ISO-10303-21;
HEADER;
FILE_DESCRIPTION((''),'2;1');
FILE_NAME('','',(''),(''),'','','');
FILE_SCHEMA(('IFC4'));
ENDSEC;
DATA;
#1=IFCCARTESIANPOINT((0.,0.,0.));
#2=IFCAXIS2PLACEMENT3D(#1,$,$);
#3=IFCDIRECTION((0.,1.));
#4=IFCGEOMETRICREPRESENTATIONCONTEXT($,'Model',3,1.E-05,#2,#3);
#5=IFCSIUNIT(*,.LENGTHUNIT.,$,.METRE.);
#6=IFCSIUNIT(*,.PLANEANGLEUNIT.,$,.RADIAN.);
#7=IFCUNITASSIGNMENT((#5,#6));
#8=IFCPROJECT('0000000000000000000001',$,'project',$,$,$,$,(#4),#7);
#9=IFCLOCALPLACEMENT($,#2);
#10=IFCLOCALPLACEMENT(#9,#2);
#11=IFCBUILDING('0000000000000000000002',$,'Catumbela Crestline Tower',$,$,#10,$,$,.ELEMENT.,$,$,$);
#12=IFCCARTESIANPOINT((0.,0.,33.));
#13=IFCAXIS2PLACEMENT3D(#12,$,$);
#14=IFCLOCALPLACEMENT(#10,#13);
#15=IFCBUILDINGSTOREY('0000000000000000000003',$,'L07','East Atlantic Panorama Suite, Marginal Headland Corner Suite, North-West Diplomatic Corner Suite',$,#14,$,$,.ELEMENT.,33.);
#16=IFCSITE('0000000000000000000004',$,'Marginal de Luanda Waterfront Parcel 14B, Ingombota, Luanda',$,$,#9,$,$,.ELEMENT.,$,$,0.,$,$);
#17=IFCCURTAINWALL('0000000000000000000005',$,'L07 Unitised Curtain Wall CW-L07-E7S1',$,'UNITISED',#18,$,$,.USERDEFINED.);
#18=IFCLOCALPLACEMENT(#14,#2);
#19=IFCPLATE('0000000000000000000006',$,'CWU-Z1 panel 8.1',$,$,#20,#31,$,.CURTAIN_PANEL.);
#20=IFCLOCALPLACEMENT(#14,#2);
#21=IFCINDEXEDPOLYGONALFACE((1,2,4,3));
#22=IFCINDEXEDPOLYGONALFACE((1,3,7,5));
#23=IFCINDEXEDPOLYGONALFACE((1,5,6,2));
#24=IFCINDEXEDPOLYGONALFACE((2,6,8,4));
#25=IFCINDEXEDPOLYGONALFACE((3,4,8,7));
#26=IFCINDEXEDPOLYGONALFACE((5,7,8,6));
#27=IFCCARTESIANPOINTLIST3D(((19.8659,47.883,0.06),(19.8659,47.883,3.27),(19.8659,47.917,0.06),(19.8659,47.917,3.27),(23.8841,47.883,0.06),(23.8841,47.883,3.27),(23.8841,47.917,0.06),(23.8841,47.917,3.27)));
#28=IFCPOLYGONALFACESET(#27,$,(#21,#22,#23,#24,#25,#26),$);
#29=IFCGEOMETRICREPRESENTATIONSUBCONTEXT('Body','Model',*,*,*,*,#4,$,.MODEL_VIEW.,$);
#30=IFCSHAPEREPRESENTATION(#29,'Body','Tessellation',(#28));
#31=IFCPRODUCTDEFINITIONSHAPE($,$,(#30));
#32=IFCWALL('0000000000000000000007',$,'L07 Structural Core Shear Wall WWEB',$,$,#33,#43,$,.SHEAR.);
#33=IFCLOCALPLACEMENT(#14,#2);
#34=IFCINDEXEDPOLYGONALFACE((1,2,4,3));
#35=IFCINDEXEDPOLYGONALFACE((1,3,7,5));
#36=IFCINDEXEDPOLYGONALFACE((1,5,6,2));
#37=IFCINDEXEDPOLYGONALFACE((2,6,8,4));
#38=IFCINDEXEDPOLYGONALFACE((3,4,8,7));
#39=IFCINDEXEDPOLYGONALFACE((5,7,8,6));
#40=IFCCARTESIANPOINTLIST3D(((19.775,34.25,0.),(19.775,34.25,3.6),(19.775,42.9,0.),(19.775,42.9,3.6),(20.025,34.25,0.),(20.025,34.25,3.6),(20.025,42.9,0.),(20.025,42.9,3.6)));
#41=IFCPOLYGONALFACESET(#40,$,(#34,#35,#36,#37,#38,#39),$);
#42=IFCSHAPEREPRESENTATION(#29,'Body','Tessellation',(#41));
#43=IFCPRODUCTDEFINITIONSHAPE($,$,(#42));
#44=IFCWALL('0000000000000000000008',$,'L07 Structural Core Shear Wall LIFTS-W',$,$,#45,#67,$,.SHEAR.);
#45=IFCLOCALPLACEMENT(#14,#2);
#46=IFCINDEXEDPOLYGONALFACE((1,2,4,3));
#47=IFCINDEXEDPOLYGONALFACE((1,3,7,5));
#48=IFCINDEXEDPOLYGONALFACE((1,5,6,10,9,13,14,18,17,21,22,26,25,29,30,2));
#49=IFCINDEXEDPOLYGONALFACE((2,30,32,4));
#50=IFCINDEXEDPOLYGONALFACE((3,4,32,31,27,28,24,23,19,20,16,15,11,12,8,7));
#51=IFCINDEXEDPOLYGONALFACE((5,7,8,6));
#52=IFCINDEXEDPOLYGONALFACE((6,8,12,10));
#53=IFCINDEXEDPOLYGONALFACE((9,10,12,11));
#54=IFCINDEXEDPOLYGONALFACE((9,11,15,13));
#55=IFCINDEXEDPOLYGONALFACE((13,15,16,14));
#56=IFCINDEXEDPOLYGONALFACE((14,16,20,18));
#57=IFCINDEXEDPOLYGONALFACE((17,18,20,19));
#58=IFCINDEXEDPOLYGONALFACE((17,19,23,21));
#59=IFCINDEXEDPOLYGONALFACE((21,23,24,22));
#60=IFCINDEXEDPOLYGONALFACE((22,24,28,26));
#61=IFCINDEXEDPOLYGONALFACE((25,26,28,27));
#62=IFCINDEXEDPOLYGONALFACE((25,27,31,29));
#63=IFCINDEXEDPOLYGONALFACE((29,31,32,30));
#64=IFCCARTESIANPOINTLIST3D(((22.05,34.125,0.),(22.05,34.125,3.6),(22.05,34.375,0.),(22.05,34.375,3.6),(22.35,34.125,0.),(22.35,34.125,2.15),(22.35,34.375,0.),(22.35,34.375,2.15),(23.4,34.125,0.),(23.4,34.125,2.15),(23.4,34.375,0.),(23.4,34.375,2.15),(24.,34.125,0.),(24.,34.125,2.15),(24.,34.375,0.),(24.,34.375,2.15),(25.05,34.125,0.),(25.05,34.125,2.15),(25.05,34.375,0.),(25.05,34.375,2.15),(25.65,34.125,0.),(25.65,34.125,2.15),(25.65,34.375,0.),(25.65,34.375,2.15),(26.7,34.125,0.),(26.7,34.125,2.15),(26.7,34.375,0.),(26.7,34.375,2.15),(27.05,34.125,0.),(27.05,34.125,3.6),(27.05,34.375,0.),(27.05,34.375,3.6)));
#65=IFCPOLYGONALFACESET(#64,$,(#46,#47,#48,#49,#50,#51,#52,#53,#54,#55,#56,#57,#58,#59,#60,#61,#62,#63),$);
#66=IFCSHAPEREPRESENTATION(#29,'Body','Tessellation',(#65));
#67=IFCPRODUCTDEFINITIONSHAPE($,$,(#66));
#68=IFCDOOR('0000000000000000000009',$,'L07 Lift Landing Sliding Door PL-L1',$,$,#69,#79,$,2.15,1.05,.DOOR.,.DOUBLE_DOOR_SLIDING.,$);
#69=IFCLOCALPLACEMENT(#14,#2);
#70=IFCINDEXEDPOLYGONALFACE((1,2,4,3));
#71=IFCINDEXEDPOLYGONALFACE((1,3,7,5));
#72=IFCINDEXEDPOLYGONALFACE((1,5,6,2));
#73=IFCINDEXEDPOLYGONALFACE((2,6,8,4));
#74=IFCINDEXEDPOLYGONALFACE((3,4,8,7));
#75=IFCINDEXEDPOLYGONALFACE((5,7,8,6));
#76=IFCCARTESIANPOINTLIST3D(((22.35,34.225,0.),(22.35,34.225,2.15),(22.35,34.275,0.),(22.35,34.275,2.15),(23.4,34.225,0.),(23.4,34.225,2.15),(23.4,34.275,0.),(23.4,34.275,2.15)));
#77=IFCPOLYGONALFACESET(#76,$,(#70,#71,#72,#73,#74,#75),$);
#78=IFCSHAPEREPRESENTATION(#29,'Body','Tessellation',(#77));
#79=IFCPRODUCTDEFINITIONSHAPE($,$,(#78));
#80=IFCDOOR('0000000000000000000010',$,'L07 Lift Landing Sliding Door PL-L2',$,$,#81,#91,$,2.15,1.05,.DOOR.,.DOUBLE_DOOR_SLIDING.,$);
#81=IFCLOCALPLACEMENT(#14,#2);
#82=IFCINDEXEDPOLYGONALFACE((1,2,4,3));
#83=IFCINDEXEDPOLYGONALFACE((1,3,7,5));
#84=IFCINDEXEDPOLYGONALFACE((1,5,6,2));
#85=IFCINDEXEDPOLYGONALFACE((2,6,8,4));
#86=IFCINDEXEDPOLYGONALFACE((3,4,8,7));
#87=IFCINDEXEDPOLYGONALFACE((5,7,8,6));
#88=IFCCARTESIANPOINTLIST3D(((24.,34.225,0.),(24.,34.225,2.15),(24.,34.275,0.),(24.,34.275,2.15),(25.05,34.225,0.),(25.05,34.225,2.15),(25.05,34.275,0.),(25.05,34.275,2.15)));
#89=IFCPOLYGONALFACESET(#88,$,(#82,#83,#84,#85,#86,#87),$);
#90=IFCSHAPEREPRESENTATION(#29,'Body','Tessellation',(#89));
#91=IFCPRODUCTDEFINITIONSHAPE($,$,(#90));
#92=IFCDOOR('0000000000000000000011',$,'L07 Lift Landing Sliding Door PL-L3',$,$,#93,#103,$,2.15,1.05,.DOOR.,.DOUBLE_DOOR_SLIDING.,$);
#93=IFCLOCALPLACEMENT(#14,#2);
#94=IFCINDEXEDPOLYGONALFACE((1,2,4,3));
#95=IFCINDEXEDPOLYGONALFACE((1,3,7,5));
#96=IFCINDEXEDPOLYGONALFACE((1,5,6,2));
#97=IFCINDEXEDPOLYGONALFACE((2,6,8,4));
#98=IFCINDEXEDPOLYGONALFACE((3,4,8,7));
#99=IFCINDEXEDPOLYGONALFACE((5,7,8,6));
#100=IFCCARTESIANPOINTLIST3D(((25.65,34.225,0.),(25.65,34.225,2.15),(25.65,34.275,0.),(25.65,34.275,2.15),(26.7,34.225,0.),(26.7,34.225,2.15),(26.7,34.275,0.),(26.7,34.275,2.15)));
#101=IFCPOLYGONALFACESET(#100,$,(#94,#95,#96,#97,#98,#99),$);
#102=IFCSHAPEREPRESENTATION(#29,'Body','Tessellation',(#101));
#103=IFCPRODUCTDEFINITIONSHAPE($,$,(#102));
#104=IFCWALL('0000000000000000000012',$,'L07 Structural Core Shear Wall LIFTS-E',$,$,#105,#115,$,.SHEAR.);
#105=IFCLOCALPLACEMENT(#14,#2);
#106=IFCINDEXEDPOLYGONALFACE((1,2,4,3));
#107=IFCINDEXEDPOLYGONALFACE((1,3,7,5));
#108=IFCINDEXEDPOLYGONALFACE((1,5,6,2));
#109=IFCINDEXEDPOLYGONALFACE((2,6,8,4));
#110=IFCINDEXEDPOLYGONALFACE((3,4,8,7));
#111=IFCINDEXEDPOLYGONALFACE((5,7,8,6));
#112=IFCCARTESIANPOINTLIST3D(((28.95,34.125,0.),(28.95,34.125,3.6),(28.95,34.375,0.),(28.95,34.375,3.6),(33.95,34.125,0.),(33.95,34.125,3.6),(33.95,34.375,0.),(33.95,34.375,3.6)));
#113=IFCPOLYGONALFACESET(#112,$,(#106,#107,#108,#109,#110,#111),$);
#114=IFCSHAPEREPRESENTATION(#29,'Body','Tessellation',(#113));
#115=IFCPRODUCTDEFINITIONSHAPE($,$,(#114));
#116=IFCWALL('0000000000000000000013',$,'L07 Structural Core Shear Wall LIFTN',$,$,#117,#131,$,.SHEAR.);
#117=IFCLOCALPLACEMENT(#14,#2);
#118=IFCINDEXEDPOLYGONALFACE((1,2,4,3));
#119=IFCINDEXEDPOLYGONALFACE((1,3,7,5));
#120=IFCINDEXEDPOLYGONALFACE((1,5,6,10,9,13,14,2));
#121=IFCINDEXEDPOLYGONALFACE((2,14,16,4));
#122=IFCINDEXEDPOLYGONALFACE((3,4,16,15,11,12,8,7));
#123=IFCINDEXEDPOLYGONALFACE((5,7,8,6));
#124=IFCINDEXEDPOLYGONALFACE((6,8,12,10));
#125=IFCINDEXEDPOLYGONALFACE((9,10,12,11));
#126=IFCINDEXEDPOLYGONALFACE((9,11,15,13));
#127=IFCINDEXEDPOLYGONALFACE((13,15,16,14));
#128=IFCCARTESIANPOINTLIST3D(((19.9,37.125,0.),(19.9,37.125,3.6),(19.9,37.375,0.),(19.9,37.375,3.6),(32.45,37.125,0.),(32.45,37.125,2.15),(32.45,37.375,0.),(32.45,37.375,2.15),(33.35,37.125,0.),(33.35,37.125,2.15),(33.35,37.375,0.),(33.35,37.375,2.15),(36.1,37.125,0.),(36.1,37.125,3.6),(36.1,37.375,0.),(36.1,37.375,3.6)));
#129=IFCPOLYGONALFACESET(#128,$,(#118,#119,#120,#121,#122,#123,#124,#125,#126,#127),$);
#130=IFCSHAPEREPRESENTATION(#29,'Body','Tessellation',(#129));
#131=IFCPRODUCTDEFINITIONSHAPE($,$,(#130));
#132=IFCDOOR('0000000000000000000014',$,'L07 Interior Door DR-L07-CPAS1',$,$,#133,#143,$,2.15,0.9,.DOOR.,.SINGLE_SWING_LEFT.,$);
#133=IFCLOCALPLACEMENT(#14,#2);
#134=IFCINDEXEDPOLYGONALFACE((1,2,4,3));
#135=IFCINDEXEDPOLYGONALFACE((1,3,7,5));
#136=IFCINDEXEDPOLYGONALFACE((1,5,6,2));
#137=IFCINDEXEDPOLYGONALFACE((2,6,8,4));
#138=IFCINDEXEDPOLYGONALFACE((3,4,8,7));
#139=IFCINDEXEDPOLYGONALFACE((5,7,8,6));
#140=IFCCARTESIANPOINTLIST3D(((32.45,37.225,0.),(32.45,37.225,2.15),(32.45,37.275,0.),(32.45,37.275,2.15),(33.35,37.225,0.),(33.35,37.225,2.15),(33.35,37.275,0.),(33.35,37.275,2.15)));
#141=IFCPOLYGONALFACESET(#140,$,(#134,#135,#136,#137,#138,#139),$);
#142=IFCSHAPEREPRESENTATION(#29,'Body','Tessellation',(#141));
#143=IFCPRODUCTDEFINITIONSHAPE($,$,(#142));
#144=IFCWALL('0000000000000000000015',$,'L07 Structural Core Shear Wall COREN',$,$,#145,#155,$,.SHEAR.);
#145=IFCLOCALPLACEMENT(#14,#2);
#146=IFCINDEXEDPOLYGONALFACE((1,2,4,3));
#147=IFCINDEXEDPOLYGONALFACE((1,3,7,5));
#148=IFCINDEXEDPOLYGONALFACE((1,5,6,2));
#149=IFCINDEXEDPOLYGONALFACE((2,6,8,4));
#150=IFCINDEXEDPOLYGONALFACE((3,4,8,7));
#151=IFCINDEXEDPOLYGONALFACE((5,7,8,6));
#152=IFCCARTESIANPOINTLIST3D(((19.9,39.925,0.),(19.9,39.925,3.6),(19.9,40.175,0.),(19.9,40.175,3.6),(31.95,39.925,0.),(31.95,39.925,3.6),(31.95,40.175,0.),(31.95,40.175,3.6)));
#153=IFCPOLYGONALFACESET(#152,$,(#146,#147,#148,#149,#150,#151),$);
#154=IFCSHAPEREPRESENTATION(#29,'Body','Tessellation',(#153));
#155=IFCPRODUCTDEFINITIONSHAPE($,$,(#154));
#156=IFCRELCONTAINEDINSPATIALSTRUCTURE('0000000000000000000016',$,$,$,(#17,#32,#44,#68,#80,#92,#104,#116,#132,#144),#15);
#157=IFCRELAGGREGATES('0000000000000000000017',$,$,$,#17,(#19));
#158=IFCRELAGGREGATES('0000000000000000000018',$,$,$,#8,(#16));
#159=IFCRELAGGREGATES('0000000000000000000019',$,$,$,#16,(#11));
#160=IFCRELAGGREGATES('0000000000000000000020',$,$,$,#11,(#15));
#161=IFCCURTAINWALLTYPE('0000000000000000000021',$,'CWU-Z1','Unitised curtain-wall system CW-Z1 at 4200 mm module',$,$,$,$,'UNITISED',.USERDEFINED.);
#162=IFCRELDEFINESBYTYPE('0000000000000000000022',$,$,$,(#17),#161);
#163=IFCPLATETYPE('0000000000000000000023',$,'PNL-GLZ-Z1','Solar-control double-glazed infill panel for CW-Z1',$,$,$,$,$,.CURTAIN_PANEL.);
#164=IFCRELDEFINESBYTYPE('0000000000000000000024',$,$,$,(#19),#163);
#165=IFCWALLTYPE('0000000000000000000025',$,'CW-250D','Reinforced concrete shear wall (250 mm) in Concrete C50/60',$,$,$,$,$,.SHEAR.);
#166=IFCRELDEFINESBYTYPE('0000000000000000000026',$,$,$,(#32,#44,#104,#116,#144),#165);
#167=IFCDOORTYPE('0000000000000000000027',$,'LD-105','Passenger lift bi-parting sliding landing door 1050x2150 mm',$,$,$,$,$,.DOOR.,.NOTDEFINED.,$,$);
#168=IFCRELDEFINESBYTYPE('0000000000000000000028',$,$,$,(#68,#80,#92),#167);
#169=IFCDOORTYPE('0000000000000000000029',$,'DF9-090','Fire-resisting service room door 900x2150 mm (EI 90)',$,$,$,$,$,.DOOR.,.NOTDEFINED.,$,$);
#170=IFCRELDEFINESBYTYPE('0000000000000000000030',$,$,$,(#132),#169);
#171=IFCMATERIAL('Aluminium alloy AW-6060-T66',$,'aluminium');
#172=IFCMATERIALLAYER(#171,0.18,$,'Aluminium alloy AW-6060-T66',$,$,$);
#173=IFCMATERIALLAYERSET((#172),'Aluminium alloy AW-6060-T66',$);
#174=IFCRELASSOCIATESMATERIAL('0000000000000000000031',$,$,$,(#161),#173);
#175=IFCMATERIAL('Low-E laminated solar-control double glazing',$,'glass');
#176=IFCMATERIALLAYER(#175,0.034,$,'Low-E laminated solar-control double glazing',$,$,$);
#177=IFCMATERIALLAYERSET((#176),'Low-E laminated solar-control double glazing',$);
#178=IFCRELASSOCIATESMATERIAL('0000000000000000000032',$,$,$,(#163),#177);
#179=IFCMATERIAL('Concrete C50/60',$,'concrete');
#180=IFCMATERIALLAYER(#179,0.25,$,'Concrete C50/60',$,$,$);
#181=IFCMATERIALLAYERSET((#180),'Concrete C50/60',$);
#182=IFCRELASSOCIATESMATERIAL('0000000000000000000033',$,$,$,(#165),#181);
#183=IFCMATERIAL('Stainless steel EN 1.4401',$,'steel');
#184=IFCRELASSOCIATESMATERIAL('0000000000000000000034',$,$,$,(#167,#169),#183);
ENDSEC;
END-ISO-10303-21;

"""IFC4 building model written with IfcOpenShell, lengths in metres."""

from ifc_helpers import new_model, si_unit, direction, frame, frame_2d, origin, origin_2d, place, context, subcontext, project, spatial, rectangle, extrude, material, layer, layer_set, type_object, element, fill, aggregate, save


model = new_model("IFC4")

# Units and contexts
model_context = context("Model", 3, precision=1e-05, world=origin(), true_north=direction((0.0, 1.0)))
body_context = subcontext(model_context, "Body", "Model", "MODEL_VIEW")
ifc_project = project(units=[si_unit("LENGTHUNIT", "METRE"), si_unit("PLANEANGLEUNIT", "RADIAN")], contexts=[model_context])

# Site, building, storey
site_placement = place(None, origin())
site = spatial("IfcSite", under=ifc_project, at=site_placement, Name="Marginal de Luanda Waterfront Parcel 14B, Ingombota, Luanda", CompositionType="ELEMENT", RefElevation=0.0)
building_placement = place(site_placement, origin())
building = spatial("IfcBuilding", under=site, at=building_placement, Name="Catumbela Crestline Tower", CompositionType="ELEMENT")
storey_placement = place(building_placement, frame((0.0, 0.0, 33.0)))
storey = spatial("IfcBuildingStorey", under=building, at=storey_placement, Name="L07", Description="East Atlantic Panorama Suite, Marginal Headland Corner Suite, North-West Diplomatic Corner Suite", CompositionType="ELEMENT", Elevation=33.0)

# Curtain wall, plate
ifc_material_1 = material(Name="Aluminium alloy AW-6060-T66", Category="aluminium")
ifc_layer_1 = layer(ifc_material_1, 0.18, Name="Aluminium alloy AW-6060-T66")
ifc_layer_set_1 = layer_set([ifc_layer_1], Name="Aluminium alloy AW-6060-T66")
curtain_wall_type = type_object("IfcCurtainWallType", Name="CWU-Z1", Description="Unitised curtain-wall system CW-Z1 at 4200 mm module", ElementType="UNITISED", PredefinedType="USERDEFINED", material=ifc_layer_set_1)
curtain_wall_placement = place(storey_placement, origin())
curtain_wall = element("IfcCurtainWall", 1, at=curtain_wall_placement, inside=storey, type_object=curtain_wall_type, Name="L07 Unitised Curtain Wall CW-L07-E7S1", ObjectType="UNITISED", PredefinedType="USERDEFINED")
ifc_material_2 = material(Name="Low-E laminated solar-control double glazing", Category="glass")
ifc_layer_2 = layer(ifc_material_2, 0.034, Name="Low-E laminated solar-control double glazing")
ifc_layer_set_2 = layer_set([ifc_layer_2], Name="Low-E laminated solar-control double glazing")
plate_type = type_object("IfcPlateType", Name="PNL-GLZ-Z1", Description="Solar-control double-glazed infill panel for CW-Z1", PredefinedType="CURTAIN_PANEL", material=ifc_layer_set_2)
plate_1_placement = place(storey_placement, frame((21.875, 47.9, 0.06), z_axis=(0.0, 0.0, 1.0), x_axis=(-1.0, 0.0, 0.0)))
plate_1 = element("IfcPlate", 2, at=plate_1_placement, type_object=plate_type, Name="CWU-Z1 panel 8.1", PredefinedType="CURTAIN_PANEL", context=body_context, shape_type="SweptSolid", body=[
    extrude(rectangle(XDim=4.0183, YDim=0.034, at=origin_2d()), origin(), (0.0, 0.0, 1.0), 3.21),
])
aggregate(curtain_wall, [plate_1])

# Wall
ifc_material_3 = material(Name="Concrete C50/60", Category="concrete")
ifc_layer_3 = layer(ifc_material_3, 0.25, Name="Concrete C50/60")
ifc_layer_set_3 = layer_set([ifc_layer_3], Name="Concrete C50/60")
wall_type_1 = type_object("IfcWallType", Name="CW-250D", Description="Reinforced concrete shear wall (250 mm) in Concrete C50/60", PredefinedType="SHEAR", material=ifc_layer_set_3)
wall_1_placement = place(storey_placement, frame((19.9, 34.25, 0.0), z_axis=(0.0, 0.0, 1.0), x_axis=(0.0, 1.0, 0.0)))
element("IfcWall", 3, at=wall_1_placement, inside=storey, type_object=wall_type_1, Name="L07 Structural Core Shear Wall WWEB", PredefinedType="SHEAR", context=body_context, shape_type="SweptSolid", body=[
    extrude(rectangle(XDim=8.65, YDim=0.25, at=frame_2d((4.325, 0.0))), origin(), (0.0, 0.0, 1.0), 3.6),
])

# Wall, openings, doors
wall_2_placement = place(storey_placement, frame((22.05, 34.25, 0.0), z_axis=(0.0, 0.0, 1.0), x_axis=(1.0, 0.0, 0.0)))
wall_2 = element("IfcWall", 4, at=wall_2_placement, inside=storey, type_object=wall_type_1, Name="L07 Structural Core Shear Wall LIFTS-W", PredefinedType="SHEAR", context=body_context, shape_type="SweptSolid", body=[
    extrude(rectangle(XDim=5.0, YDim=0.25, at=frame_2d((2.5, 0.0))), origin(), (0.0, 0.0, 1.0), 3.6),
])
opening_1_placement = place(wall_2_placement, frame((0.3, 0.0, 0.0)))
opening_1 = element("IfcOpeningElement", 5, at=opening_1_placement, cuts=wall_2, PredefinedType="OPENING", context=body_context, shape_type="SweptSolid", body=[
    extrude(rectangle(XDim=1.05, YDim=2.15, at=frame_2d((0.525, 1.075))), frame((0.0, 0.135, 0.0), z_axis=(0.0, -1.0, 0.0), x_axis=(1.0, 0.0, 0.0)), (0.0, 0.0, 1.0), 0.27),
])
opening_2_placement = place(wall_2_placement, frame((1.95, 0.0, 0.0)))
opening_2 = element("IfcOpeningElement", 6, at=opening_2_placement, cuts=wall_2, PredefinedType="OPENING", context=body_context, shape_type="SweptSolid", body=[
    extrude(rectangle(XDim=1.05, YDim=2.15, at=frame_2d((0.525, 1.075))), frame((0.0, 0.135, 0.0), z_axis=(0.0, -1.0, 0.0), x_axis=(1.0, 0.0, 0.0)), (0.0, 0.0, 1.0), 0.27),
])
opening_3_placement = place(wall_2_placement, frame((3.6, 0.0, 0.0)))
opening_3 = element("IfcOpeningElement", 7, at=opening_3_placement, cuts=wall_2, PredefinedType="OPENING", context=body_context, shape_type="SweptSolid", body=[
    extrude(rectangle(XDim=1.05, YDim=2.15, at=frame_2d((0.525, 1.075))), frame((0.0, 0.135, 0.0), z_axis=(0.0, -1.0, 0.0), x_axis=(1.0, 0.0, 0.0)), (0.0, 0.0, 1.0), 0.27),
])
ifc_material_4 = material(Name="Stainless steel EN 1.4401", Category="steel")
door_type_1 = type_object("IfcDoorType", Name="LD-105", Description="Passenger lift bi-parting sliding landing door 1050x2150 mm", OperationType="NOTDEFINED", PredefinedType="DOOR", material=ifc_material_4)
door_1_placement = place(opening_1_placement, origin())
door_1 = element("IfcDoor", 8, at=door_1_placement, inside=storey, type_object=door_type_1, Name="L07 Lift Landing Sliding Door PL-L1", OperationType="DOUBLE_DOOR_SLIDING", OverallHeight=2.15, OverallWidth=1.05, PredefinedType="DOOR", context=body_context, shape_type="SweptSolid", body=[
    extrude(rectangle(XDim=1.05, YDim=2.15, at=frame_2d((0.525, 1.075))), frame((0.0, 0.025, 0.0), z_axis=(0.0, -1.0, 0.0), x_axis=(1.0, 0.0, 0.0)), (0.0, 0.0, 1.0), 0.05),
])
fill(opening_1, door_1)
door_2_placement = place(opening_2_placement, origin())
door_2 = element("IfcDoor", 9, at=door_2_placement, inside=storey, type_object=door_type_1, Name="L07 Lift Landing Sliding Door PL-L2", OperationType="DOUBLE_DOOR_SLIDING", OverallHeight=2.15, OverallWidth=1.05, PredefinedType="DOOR", context=body_context, shape_type="SweptSolid", body=[
    extrude(rectangle(XDim=1.05, YDim=2.15, at=frame_2d((0.525, 1.075))), frame((0.0, 0.025, 0.0), z_axis=(0.0, -1.0, 0.0), x_axis=(1.0, 0.0, 0.0)), (0.0, 0.0, 1.0), 0.05),
])
fill(opening_2, door_2)
door_3_placement = place(opening_3_placement, origin())
door_3 = element("IfcDoor", 10, at=door_3_placement, inside=storey, type_object=door_type_1, Name="L07 Lift Landing Sliding Door PL-L3", OperationType="DOUBLE_DOOR_SLIDING", OverallHeight=2.15, OverallWidth=1.05, PredefinedType="DOOR", context=body_context, shape_type="SweptSolid", body=[
    extrude(rectangle(XDim=1.05, YDim=2.15, at=frame_2d((0.525, 1.075))), frame((0.0, 0.025, 0.0), z_axis=(0.0, -1.0, 0.0), x_axis=(1.0, 0.0, 0.0)), (0.0, 0.0, 1.0), 0.05),
])
fill(opening_3, door_3)

# Wall
wall_3_placement = place(storey_placement, frame((28.95, 34.25, 0.0), z_axis=(0.0, 0.0, 1.0), x_axis=(1.0, 0.0, 0.0)))
element("IfcWall", 11, at=wall_3_placement, inside=storey, type_object=wall_type_1, Name="L07 Structural Core Shear Wall LIFTS-E", PredefinedType="SHEAR", context=body_context, shape_type="SweptSolid", body=[
    extrude(rectangle(XDim=5.0, YDim=0.25, at=frame_2d((2.5, 0.0))), origin(), (0.0, 0.0, 1.0), 3.6),
])

# Wall, opening, door
wall_4_placement = place(storey_placement, frame((19.9, 37.25, 0.0), z_axis=(0.0, 0.0, 1.0), x_axis=(1.0, 0.0, 0.0)))
wall_4 = element("IfcWall", 12, at=wall_4_placement, inside=storey, type_object=wall_type_1, Name="L07 Structural Core Shear Wall LIFTN", PredefinedType="SHEAR", context=body_context, shape_type="SweptSolid", body=[
    extrude(rectangle(XDim=16.2, YDim=0.25, at=frame_2d((8.1, 0.0))), origin(), (0.0, 0.0, 1.0), 3.6),
])
opening_4_placement = place(wall_4_placement, frame((12.55, 0.0, 0.0)))
opening_4 = element("IfcOpeningElement", 13, at=opening_4_placement, cuts=wall_4, PredefinedType="OPENING", context=body_context, shape_type="SweptSolid", body=[
    extrude(rectangle(XDim=0.9, YDim=2.15, at=frame_2d((0.45, 1.075))), frame((0.0, 0.135, 0.0), z_axis=(0.0, -1.0, 0.0), x_axis=(1.0, 0.0, 0.0)), (0.0, 0.0, 1.0), 0.27),
])
door_type_2 = type_object("IfcDoorType", Name="DF9-090", Description="Fire-resisting service room door 900x2150 mm (EI 90)", OperationType="NOTDEFINED", PredefinedType="DOOR", material=ifc_material_4)
door_4_placement = place(opening_4_placement, origin())
door_4 = element("IfcDoor", 14, at=door_4_placement, inside=storey, type_object=door_type_2, Name="L07 Interior Door DR-L07-CPAS1", OperationType="SINGLE_SWING_LEFT", OverallHeight=2.15, OverallWidth=0.9, PredefinedType="DOOR", context=body_context, shape_type="SweptSolid", body=[
    extrude(rectangle(XDim=0.9, YDim=2.15, at=frame_2d((0.45, 1.075))), frame((0.0, 0.025, 0.0), z_axis=(0.0, -1.0, 0.0), x_axis=(1.0, 0.0, 0.0)), (0.0, 0.0, 1.0), 0.05),
])
fill(opening_4, door_4)

# Wall
wall_5_placement = place(storey_placement, frame((19.9, 40.05, 0.0), z_axis=(0.0, 0.0, 1.0), x_axis=(1.0, 0.0, 0.0)))
element("IfcWall", 15, at=wall_5_placement, inside=storey, type_object=wall_type_1, Name="L07 Structural Core Shear Wall COREN", PredefinedType="SHEAR", context=body_context, shape_type="SweptSolid", body=[
    extrude(rectangle(XDim=12.05, YDim=0.25, at=frame_2d((6.025, 0.0))), origin(), (0.0, 0.0, 1.0), 3.6),
])

save(model, "model.ifc")
